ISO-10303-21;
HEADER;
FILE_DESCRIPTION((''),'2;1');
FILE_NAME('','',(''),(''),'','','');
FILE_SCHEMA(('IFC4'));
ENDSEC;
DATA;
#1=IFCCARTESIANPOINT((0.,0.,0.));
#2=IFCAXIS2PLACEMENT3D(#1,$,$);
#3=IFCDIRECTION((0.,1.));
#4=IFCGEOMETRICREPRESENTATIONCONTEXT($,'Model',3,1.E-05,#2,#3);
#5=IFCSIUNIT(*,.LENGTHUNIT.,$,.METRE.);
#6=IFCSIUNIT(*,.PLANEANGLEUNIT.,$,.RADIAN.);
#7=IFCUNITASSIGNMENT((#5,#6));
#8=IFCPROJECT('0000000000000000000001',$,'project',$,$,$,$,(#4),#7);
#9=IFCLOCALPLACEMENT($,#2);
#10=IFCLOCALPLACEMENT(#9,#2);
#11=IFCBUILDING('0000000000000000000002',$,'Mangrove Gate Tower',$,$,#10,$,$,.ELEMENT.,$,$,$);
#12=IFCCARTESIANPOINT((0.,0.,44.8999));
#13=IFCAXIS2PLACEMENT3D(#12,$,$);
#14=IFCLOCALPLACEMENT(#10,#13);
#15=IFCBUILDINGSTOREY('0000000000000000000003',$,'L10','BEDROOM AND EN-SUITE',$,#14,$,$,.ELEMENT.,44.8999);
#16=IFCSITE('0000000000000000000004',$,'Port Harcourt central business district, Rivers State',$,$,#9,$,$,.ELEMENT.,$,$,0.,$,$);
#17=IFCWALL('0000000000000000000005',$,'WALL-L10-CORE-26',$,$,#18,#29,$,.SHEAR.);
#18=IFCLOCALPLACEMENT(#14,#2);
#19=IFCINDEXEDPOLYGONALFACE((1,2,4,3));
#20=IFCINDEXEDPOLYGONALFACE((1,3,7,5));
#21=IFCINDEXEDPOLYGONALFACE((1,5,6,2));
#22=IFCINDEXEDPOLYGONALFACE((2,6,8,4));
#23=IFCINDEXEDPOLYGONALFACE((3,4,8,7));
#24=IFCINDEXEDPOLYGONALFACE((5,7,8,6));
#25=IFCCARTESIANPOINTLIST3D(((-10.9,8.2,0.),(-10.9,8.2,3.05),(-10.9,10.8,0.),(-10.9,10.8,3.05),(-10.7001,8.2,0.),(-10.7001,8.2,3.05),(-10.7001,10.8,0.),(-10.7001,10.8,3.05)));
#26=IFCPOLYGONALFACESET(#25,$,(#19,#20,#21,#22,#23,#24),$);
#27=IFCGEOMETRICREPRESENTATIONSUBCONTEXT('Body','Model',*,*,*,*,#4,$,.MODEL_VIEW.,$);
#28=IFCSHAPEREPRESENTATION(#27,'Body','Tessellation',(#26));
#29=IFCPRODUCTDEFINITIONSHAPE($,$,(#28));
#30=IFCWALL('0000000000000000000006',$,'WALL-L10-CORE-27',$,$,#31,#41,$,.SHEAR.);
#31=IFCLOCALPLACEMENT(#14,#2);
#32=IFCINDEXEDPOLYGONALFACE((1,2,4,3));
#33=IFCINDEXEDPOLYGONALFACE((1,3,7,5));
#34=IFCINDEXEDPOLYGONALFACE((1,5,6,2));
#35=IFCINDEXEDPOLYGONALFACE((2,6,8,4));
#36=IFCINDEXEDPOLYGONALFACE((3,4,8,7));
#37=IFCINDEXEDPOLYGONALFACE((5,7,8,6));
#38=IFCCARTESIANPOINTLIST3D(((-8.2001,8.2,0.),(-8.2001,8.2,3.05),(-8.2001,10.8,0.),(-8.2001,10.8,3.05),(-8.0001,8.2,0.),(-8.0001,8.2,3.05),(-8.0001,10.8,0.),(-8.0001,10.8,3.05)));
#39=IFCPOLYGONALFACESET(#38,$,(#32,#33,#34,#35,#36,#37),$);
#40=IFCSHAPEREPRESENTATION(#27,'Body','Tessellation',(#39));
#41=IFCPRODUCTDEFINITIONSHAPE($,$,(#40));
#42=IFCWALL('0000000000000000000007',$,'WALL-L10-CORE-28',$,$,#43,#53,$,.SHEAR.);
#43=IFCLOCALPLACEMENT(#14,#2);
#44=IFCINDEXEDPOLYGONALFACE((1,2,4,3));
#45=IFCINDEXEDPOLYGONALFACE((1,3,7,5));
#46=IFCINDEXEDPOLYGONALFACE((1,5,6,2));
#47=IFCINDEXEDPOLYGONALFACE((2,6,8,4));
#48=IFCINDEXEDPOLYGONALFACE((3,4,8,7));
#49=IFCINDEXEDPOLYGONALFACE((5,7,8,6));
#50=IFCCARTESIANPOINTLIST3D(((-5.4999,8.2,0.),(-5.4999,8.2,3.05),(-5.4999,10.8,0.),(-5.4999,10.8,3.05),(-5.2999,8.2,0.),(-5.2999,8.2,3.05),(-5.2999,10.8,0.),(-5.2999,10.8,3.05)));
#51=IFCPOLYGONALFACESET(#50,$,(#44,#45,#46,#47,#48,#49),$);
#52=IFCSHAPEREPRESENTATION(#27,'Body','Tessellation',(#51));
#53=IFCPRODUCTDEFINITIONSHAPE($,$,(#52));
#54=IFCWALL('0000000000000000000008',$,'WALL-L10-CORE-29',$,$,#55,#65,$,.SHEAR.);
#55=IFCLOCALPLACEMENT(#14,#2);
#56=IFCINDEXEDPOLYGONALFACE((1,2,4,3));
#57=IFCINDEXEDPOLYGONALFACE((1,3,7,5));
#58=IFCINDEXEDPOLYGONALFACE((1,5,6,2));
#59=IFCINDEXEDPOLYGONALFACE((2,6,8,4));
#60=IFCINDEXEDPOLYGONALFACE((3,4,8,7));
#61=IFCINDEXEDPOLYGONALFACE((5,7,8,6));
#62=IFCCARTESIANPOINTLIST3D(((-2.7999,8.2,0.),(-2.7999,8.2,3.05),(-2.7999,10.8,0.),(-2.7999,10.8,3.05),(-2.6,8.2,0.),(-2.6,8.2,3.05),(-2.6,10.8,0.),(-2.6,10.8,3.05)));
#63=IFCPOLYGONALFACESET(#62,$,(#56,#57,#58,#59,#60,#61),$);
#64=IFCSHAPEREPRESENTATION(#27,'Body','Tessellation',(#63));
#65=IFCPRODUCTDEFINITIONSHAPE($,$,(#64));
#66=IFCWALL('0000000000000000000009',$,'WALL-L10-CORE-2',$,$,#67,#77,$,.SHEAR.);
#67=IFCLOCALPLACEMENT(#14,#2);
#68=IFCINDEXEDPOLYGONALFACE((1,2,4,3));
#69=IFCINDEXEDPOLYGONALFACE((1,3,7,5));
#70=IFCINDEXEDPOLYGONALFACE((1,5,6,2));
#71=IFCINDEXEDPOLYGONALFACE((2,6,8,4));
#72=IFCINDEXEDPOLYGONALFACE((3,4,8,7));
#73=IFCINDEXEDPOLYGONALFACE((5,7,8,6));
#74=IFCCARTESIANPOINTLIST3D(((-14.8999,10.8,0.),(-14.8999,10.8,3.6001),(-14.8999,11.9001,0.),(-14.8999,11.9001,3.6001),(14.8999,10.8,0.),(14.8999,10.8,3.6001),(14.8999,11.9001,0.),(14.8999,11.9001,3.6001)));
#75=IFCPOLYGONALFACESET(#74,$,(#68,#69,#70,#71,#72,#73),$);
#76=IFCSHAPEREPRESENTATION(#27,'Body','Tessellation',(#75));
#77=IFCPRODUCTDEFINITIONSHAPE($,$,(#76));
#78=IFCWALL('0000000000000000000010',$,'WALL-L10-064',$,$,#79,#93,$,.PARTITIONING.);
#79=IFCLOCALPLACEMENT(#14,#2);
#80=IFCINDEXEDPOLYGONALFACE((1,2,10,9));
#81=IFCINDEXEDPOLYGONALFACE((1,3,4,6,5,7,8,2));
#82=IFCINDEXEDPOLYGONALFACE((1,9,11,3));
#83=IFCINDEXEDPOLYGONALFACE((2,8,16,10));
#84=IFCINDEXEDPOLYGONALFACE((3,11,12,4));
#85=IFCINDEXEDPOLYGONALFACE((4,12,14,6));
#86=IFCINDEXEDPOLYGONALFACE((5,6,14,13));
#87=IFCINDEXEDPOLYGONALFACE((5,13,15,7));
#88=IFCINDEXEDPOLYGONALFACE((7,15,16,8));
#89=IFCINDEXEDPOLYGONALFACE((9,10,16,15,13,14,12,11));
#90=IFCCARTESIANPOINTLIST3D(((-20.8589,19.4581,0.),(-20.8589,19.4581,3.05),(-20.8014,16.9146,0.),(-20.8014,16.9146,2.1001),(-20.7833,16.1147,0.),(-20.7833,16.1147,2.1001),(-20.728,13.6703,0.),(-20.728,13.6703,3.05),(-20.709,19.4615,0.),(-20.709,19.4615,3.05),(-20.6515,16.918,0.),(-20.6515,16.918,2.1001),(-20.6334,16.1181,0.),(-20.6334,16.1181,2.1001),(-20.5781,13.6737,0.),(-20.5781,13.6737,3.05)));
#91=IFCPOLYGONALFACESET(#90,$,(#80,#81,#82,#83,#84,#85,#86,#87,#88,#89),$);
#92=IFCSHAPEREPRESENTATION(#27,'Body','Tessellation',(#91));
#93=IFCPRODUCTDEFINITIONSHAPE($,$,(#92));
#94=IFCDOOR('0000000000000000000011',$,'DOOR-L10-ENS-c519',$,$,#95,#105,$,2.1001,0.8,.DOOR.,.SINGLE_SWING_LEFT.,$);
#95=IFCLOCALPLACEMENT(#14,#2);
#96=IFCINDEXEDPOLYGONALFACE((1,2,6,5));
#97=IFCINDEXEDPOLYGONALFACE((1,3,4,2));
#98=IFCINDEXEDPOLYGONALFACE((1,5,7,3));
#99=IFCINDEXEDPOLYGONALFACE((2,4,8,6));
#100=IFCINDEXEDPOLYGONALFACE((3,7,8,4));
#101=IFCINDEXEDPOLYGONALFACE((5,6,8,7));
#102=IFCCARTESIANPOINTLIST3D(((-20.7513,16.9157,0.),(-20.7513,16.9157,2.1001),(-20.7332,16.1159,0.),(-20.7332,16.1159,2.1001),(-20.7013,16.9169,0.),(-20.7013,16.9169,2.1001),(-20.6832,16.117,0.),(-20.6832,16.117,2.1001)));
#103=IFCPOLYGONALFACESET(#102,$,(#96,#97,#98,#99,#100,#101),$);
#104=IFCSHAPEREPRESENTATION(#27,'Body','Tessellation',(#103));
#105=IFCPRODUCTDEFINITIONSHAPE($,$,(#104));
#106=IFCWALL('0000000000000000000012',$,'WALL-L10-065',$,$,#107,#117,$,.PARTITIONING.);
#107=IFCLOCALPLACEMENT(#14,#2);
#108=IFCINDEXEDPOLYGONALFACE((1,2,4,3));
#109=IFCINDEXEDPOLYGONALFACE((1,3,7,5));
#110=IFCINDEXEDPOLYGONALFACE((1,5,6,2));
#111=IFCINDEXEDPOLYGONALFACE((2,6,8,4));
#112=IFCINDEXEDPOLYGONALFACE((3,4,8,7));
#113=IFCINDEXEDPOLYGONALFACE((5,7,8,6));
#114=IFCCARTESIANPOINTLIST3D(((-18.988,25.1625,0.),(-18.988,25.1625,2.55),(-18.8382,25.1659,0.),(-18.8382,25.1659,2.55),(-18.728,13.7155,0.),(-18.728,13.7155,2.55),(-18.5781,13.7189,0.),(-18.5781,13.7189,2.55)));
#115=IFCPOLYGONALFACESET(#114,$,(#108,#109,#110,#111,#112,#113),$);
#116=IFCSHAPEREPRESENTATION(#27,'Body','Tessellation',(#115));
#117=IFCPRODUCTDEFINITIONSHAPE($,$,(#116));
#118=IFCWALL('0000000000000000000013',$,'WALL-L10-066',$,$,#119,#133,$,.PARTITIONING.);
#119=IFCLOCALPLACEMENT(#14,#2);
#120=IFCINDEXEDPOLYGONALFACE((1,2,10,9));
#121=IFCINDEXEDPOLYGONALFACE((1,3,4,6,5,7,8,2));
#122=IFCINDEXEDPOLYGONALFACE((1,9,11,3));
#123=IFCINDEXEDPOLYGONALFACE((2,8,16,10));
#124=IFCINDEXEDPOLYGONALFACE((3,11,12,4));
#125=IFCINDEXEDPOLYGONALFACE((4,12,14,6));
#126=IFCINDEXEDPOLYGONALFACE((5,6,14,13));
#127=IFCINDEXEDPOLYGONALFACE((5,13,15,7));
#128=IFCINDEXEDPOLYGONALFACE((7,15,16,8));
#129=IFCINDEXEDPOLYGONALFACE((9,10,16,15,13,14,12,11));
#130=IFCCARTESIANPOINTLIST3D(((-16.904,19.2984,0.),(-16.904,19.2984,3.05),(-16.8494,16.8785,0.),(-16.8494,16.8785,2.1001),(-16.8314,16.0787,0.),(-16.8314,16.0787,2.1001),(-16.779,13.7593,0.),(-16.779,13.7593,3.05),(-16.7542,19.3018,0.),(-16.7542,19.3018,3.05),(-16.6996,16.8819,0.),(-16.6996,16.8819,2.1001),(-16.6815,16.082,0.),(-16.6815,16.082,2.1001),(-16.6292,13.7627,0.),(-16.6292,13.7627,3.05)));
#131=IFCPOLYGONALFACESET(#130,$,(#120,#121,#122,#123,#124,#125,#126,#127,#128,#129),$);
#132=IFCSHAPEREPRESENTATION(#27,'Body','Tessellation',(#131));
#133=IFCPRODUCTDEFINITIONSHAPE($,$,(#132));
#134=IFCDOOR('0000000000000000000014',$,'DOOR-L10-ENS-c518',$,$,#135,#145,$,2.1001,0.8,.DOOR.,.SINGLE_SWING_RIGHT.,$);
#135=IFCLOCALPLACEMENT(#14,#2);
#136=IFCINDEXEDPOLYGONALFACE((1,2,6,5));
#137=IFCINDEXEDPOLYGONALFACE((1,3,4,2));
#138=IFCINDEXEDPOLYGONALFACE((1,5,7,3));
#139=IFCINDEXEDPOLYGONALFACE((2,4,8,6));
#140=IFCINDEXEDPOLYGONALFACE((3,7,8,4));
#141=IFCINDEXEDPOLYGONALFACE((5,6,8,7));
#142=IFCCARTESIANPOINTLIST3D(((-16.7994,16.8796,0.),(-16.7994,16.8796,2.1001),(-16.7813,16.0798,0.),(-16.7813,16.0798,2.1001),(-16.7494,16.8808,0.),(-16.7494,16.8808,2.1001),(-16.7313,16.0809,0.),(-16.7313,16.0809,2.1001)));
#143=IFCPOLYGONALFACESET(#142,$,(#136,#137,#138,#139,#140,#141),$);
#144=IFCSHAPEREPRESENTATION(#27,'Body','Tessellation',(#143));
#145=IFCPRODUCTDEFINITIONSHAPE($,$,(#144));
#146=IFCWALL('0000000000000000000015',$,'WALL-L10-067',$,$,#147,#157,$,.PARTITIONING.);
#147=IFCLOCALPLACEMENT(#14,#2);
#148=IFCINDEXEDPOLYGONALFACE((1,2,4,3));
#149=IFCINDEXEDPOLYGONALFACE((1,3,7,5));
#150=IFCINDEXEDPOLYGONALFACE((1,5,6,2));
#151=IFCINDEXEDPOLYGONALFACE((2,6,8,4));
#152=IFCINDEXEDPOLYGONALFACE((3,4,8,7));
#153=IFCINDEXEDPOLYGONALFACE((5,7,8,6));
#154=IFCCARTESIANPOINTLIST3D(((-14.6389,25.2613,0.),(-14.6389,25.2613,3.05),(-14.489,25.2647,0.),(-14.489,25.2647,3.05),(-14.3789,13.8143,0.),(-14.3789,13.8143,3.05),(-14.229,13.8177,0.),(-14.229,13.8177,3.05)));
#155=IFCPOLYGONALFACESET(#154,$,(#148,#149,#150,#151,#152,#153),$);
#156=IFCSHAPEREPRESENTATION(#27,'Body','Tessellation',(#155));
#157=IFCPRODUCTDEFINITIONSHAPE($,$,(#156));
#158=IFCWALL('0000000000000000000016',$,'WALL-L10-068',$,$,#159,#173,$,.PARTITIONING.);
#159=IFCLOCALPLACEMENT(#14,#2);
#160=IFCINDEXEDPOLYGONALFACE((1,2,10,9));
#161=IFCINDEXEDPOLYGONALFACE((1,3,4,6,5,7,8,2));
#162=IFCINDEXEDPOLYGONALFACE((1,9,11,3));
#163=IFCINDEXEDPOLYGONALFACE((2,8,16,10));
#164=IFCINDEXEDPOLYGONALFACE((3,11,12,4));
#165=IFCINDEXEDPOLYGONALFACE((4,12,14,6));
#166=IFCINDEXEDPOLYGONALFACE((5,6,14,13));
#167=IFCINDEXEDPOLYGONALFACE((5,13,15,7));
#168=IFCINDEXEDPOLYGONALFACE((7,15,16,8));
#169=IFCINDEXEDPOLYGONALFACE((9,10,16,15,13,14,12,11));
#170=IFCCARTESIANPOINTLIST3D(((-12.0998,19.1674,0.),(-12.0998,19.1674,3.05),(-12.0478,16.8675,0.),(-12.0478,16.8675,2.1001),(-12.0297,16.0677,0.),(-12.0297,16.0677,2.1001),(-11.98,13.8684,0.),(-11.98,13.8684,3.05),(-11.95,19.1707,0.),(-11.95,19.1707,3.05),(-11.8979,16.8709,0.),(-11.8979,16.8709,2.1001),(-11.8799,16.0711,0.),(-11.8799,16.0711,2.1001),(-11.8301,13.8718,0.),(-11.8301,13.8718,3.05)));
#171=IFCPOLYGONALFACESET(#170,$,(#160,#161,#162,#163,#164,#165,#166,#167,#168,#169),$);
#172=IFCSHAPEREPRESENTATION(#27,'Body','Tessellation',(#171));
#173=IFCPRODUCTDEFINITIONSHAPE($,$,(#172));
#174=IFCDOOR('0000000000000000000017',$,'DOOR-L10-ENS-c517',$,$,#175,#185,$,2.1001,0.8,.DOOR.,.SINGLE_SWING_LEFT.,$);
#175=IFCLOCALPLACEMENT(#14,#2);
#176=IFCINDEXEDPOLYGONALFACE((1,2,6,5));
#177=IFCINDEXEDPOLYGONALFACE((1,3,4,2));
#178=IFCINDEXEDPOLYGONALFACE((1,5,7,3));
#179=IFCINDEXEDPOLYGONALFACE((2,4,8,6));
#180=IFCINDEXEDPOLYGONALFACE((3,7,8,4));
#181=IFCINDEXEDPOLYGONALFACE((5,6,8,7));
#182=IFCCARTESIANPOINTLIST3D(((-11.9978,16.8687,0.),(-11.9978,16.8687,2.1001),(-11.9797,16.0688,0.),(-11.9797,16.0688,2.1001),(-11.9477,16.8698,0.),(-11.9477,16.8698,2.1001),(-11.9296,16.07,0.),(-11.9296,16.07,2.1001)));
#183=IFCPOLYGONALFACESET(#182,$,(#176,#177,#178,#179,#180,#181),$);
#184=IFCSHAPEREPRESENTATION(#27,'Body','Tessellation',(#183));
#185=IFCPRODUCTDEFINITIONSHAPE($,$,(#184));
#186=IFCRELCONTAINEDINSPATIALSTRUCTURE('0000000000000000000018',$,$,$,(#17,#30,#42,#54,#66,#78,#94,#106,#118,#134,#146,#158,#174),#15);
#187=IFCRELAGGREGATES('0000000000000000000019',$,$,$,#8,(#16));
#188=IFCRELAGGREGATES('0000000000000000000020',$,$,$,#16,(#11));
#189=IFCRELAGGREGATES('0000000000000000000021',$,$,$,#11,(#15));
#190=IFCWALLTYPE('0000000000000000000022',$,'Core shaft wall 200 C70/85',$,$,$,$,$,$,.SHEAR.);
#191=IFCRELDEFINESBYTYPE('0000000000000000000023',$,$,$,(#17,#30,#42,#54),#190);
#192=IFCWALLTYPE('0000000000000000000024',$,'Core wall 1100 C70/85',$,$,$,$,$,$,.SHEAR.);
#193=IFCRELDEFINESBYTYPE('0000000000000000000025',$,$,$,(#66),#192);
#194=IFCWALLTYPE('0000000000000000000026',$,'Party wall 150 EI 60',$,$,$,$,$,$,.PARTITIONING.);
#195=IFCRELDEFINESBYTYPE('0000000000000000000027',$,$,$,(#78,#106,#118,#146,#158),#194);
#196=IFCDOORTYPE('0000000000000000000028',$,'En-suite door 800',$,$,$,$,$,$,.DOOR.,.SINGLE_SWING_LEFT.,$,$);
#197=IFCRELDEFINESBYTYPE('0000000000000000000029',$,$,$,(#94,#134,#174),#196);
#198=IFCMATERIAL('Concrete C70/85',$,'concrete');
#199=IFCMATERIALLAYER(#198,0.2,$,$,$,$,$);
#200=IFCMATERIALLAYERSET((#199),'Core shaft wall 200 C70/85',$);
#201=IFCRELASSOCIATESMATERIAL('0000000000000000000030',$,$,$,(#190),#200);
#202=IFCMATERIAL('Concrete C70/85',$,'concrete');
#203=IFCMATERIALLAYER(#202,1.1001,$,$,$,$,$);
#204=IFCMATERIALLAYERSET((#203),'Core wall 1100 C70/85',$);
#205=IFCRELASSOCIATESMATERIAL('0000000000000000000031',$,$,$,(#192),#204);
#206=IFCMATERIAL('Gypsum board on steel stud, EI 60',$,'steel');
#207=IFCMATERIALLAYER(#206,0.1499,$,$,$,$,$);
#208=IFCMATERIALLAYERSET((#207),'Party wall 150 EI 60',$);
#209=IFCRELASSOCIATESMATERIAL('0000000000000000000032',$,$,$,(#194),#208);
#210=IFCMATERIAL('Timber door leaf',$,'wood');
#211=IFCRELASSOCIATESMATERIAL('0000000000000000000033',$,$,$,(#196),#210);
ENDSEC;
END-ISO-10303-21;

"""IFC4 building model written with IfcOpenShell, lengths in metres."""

from ifc_helpers import new_model, si_unit, direction, frame, frame_2d, origin, place, context, subcontext, project, spatial, rectangle, extrude, material, layer, layer_set, type_object, element, fill, save


model = new_model("IFC4")

# Units and contexts
model_context = context("Model", 3, precision=1e-05, world=origin(), true_north=direction((0.0, 1.0)))
body_context = subcontext(model_context, "Body", "Model", "MODEL_VIEW")
ifc_project = project(units=[si_unit("LENGTHUNIT", "METRE"), si_unit("PLANEANGLEUNIT", "RADIAN")], contexts=[model_context])

# Site, building, storey
site_placement = place(None, origin())
site = spatial("IfcSite", under=ifc_project, at=site_placement, Name="Port Harcourt central business district, Rivers State", CompositionType="ELEMENT", RefElevation=0.0)
building_placement = place(site_placement, origin())
building = spatial("IfcBuilding", under=site, at=building_placement, Name="Mangrove Gate Tower", CompositionType="ELEMENT")
storey_placement = place(building_placement, frame((0.0, 0.0, 44.8999)))
storey = spatial("IfcBuildingStorey", under=building, at=storey_placement, Name="L10", Description="BEDROOM AND EN-SUITE", CompositionType="ELEMENT", Elevation=44.8999)

# Walls
ifc_material_1 = material(Name="Concrete C70/85", Category="concrete")
ifc_layer_1 = layer(ifc_material_1, 0.2)
ifc_layer_set_1 = layer_set([ifc_layer_1], Name="Core shaft wall 200 C70/85")
wall_type_1 = type_object("IfcWallType", Name="Core shaft wall 200 C70/85", PredefinedType="SHEAR", material=ifc_layer_set_1)
for number, where, z_axis, x_axis, name in (
    (1, (-10.8, 8.2, 0.0), (0.0, 0.0, 1.0), (0.0, 1.0, 0.0), "WALL-L10-CORE-26"),
    (2, (-8.1001, 8.2, 0.0), (0.0, 0.0, 1.0), (0.0, 1.0, 0.0), "WALL-L10-CORE-27"),
    (3, (-5.3999, 8.2, 0.0), (0.0, 0.0, 1.0), (0.0, 1.0, 0.0), "WALL-L10-CORE-28"),
    (4, (-2.7, 8.2, 0.0), (0.0, 0.0, 1.0), (0.0, 1.0, 0.0), "WALL-L10-CORE-29"),
):
    element("IfcWall", number, at=place(storey_placement, frame(where, z_axis=z_axis, x_axis=x_axis)), inside=storey, type_object=wall_type_1, Name=name, PredefinedType="SHEAR", context=body_context, shape_type="SweptSolid", body=[
        extrude(rectangle(XDim=2.6001, YDim=0.2, at=frame_2d((1.3, 0.0))), origin(), (0.0, 0.0, 1.0), 3.05),
    ])
ifc_material_2 = material(Name="Concrete C70/85", Category="concrete")
ifc_layer_2 = layer(ifc_material_2, 1.1001)
ifc_layer_set_2 = layer_set([ifc_layer_2], Name="Core wall 1100 C70/85")
wall_type_2 = type_object("IfcWallType", Name="Core wall 1100 C70/85", PredefinedType="SHEAR", material=ifc_layer_set_2)
wall_1_placement = place(storey_placement, frame((-14.8999, 11.3501, 0.0), z_axis=(0.0, 0.0, 1.0), x_axis=(1.0, 0.0, 0.0)))
element("IfcWall", 5, at=wall_1_placement, inside=storey, type_object=wall_type_2, Name="WALL-L10-CORE-2", PredefinedType="SHEAR", context=body_context, shape_type="SweptSolid", body=[
    extrude(rectangle(XDim=29.7998, YDim=1.1001, at=frame_2d((14.8999, 0.0))), origin(), (0.0, 0.0, 1.0), 3.6001),
])

# Wall, opening, door
ifc_material_3 = material(Name="Gypsum board on steel stud, EI 60", Category="steel")
ifc_layer_3 = layer(ifc_material_3, 0.1499)
ifc_layer_set_3 = layer_set([ifc_layer_3], Name="Party wall 150 EI 60")
wall_type_3 = type_object("IfcWallType", Name="Party wall 150 EI 60", PredefinedType="PARTITIONING", material=ifc_layer_set_3)
wall_2_placement = place(storey_placement, frame((-20.6531, 13.6721, 0.0), z_axis=(0.0, 0.0, 1.0), x_axis=(-0.022604, 0.999745, 0.0)))
wall_2 = element("IfcWall", 6, at=wall_2_placement, inside=storey, type_object=wall_type_3, Name="WALL-L10-064", PredefinedType="PARTITIONING", context=body_context, shape_type="SweptSolid", body=[
    extrude(rectangle(XDim=5.7893, YDim=0.1499, at=frame_2d((2.8945, 0.0))), origin(), (0.0, 0.0, 1.0), 3.05),
])
opening_1_placement = place(wall_2_placement, frame((2.4451, 0.0, 0.0)))
opening_1 = element("IfcOpeningElement", 7, at=opening_1_placement, cuts=wall_2, PredefinedType="OPENING", context=body_context, shape_type="SweptSolid", body=[
    extrude(rectangle(XDim=0.8, YDim=2.1001, at=frame_2d((0.3999, 1.05))), frame((0.0, 0.085, 0.0), z_axis=(0.0, -1.0, 0.0), x_axis=(1.0, 0.0, 0.0)), (0.0, 0.0, 1.0), 0.1699),
])
ifc_material_4 = material(Name="Timber door leaf", Category="wood")
door_type = type_object("IfcDoorType", Name="En-suite door 800", OperationType="SINGLE_SWING_LEFT", PredefinedType="DOOR", material=ifc_material_4)
door_1_placement = place(opening_1_placement, origin())
door_1 = element("IfcDoor", 8, at=door_1_placement, inside=storey, type_object=door_type, Name="DOOR-L10-ENS-c519", OperationType="SINGLE_SWING_LEFT", OverallHeight=2.1001, OverallWidth=0.8, PredefinedType="DOOR", context=body_context, shape_type="SweptSolid", body=[
    extrude(rectangle(XDim=0.8, YDim=2.1001, at=frame_2d((0.3999, 1.05))), frame((0.0, 0.0249, 0.0), z_axis=(0.0, -1.0, 0.0), x_axis=(1.0, 0.0, 0.0)), (0.0, 0.0, 1.0), 0.05),
])
fill(opening_1, door_1)

# Wall
wall_3_placement = place(storey_placement, frame((-18.6531, 13.717, 0.0), z_axis=(0.0, 0.0, 1.0), x_axis=(-0.022708, 0.999742, 0.0)))
element("IfcWall", 9, at=wall_3_placement, inside=storey, type_object=wall_type_3, Name="WALL-L10-065", PredefinedType="PARTITIONING", context=body_context, shape_type="SweptSolid", body=[
    extrude(rectangle(XDim=11.45, YDim=0.1499, at=frame_2d((5.7251, 0.0))), origin(), (0.0, 0.0, 1.0), 2.55),
])

# Wall, opening, door
wall_4_placement = place(storey_placement, frame((-16.7041, 13.761, 0.0), z_axis=(0.0, 0.0, 1.0), x_axis=(-0.022561, 0.999745, 0.0)))
wall_4 = element("IfcWall", 10, at=wall_4_placement, inside=storey, type_object=wall_type_3, Name="WALL-L10-066", PredefinedType="PARTITIONING", context=body_context, shape_type="SweptSolid", body=[
    extrude(rectangle(XDim=5.5405, YDim=0.1499, at=frame_2d((2.7703, 0.0))), origin(), (0.0, 0.0, 1.0), 3.05),
])
opening_2_placement = place(wall_4_placement, frame((2.3201, 0.0, 0.0)))
opening_2 = element("IfcOpeningElement", 11, at=opening_2_placement, cuts=wall_4, PredefinedType="OPENING", context=body_context, shape_type="SweptSolid", body=[
    extrude(rectangle(XDim=0.8, YDim=2.1001, at=frame_2d((0.3999, 1.05))), frame((0.0, 0.085, 0.0), z_axis=(0.0, -1.0, 0.0), x_axis=(1.0, 0.0, 0.0)), (0.0, 0.0, 1.0), 0.1699),
])
door_2_placement = place(opening_2_placement, origin())
door_2 = element("IfcDoor", 12, at=door_2_placement, inside=storey, type_object=door_type, Name="DOOR-L10-ENS-c518", OperationType="SINGLE_SWING_RIGHT", OverallHeight=2.1001, OverallWidth=0.8, PredefinedType="DOOR", context=body_context, shape_type="SweptSolid", body=[
    extrude(rectangle(XDim=0.8, YDim=2.1001, at=frame_2d((0.3999, 1.05))), frame((0.0, 0.0249, 0.0), z_axis=(0.0, -1.0, 0.0), x_axis=(1.0, 0.0, 0.0)), (0.0, 0.0, 1.0), 0.05),
])
fill(opening_2, door_2)

# Wall
wall_5_placement = place(storey_placement, frame((-14.304, 13.8159, 0.0), z_axis=(0.0, 0.0, 1.0), x_axis=(-0.022708, 0.999742, 0.0)))
element("IfcWall", 13, at=wall_5_placement, inside=storey, type_object=wall_type_3, Name="WALL-L10-067", PredefinedType="PARTITIONING", context=body_context, shape_type="SweptSolid", body=[
    extrude(rectangle(XDim=11.45, YDim=0.1499, at=frame_2d((5.7251, 0.0))), origin(), (0.0, 0.0, 1.0), 3.05),
])

# Wall, opening, door
wall_6_placement = place(storey_placement, frame((-11.905, 13.8701, 0.0), z_axis=(0.0, 0.0, 1.0), x_axis=(-0.022617, 0.999744, 0.0)))
wall_6 = element("IfcWall", 14, at=wall_6_placement, inside=storey, type_object=wall_type_3, Name="WALL-L10-068", PredefinedType="PARTITIONING", context=body_context, shape_type="SweptSolid", body=[
    extrude(rectangle(XDim=5.3003, YDim=0.1499, at=frame_2d((2.6501, 0.0))), origin(), (0.0, 0.0, 1.0), 3.05),
])
opening_3_placement = place(wall_6_placement, frame((2.2, 0.0, 0.0)))
opening_3 = element("IfcOpeningElement", 15, at=opening_3_placement, cuts=wall_6, PredefinedType="OPENING", context=body_context, shape_type="SweptSolid", body=[
    extrude(rectangle(XDim=0.8, YDim=2.1001, at=frame_2d((0.3999, 1.05))), frame((0.0, 0.085, 0.0), z_axis=(0.0, -1.0, 0.0), x_axis=(1.0, 0.0, 0.0)), (0.0, 0.0, 1.0), 0.1699),
])
door_3_placement = place(opening_3_placement, origin())
door_3 = element("IfcDoor", 16, at=door_3_placement, inside=storey, type_object=door_type, Name="DOOR-L10-ENS-c517", OperationType="SINGLE_SWING_LEFT", OverallHeight=2.1001, OverallWidth=0.8, PredefinedType="DOOR", context=body_context, shape_type="SweptSolid", body=[
    extrude(rectangle(XDim=0.8, YDim=2.1001, at=frame_2d((0.3999, 1.05))), frame((0.0, 0.0249, 0.0), z_axis=(0.0, -1.0, 0.0), x_axis=(1.0, 0.0, 0.0)), (0.0, 0.0, 1.0), 0.05),
])
fill(opening_3, door_3)

save(model, "model.ifc")
